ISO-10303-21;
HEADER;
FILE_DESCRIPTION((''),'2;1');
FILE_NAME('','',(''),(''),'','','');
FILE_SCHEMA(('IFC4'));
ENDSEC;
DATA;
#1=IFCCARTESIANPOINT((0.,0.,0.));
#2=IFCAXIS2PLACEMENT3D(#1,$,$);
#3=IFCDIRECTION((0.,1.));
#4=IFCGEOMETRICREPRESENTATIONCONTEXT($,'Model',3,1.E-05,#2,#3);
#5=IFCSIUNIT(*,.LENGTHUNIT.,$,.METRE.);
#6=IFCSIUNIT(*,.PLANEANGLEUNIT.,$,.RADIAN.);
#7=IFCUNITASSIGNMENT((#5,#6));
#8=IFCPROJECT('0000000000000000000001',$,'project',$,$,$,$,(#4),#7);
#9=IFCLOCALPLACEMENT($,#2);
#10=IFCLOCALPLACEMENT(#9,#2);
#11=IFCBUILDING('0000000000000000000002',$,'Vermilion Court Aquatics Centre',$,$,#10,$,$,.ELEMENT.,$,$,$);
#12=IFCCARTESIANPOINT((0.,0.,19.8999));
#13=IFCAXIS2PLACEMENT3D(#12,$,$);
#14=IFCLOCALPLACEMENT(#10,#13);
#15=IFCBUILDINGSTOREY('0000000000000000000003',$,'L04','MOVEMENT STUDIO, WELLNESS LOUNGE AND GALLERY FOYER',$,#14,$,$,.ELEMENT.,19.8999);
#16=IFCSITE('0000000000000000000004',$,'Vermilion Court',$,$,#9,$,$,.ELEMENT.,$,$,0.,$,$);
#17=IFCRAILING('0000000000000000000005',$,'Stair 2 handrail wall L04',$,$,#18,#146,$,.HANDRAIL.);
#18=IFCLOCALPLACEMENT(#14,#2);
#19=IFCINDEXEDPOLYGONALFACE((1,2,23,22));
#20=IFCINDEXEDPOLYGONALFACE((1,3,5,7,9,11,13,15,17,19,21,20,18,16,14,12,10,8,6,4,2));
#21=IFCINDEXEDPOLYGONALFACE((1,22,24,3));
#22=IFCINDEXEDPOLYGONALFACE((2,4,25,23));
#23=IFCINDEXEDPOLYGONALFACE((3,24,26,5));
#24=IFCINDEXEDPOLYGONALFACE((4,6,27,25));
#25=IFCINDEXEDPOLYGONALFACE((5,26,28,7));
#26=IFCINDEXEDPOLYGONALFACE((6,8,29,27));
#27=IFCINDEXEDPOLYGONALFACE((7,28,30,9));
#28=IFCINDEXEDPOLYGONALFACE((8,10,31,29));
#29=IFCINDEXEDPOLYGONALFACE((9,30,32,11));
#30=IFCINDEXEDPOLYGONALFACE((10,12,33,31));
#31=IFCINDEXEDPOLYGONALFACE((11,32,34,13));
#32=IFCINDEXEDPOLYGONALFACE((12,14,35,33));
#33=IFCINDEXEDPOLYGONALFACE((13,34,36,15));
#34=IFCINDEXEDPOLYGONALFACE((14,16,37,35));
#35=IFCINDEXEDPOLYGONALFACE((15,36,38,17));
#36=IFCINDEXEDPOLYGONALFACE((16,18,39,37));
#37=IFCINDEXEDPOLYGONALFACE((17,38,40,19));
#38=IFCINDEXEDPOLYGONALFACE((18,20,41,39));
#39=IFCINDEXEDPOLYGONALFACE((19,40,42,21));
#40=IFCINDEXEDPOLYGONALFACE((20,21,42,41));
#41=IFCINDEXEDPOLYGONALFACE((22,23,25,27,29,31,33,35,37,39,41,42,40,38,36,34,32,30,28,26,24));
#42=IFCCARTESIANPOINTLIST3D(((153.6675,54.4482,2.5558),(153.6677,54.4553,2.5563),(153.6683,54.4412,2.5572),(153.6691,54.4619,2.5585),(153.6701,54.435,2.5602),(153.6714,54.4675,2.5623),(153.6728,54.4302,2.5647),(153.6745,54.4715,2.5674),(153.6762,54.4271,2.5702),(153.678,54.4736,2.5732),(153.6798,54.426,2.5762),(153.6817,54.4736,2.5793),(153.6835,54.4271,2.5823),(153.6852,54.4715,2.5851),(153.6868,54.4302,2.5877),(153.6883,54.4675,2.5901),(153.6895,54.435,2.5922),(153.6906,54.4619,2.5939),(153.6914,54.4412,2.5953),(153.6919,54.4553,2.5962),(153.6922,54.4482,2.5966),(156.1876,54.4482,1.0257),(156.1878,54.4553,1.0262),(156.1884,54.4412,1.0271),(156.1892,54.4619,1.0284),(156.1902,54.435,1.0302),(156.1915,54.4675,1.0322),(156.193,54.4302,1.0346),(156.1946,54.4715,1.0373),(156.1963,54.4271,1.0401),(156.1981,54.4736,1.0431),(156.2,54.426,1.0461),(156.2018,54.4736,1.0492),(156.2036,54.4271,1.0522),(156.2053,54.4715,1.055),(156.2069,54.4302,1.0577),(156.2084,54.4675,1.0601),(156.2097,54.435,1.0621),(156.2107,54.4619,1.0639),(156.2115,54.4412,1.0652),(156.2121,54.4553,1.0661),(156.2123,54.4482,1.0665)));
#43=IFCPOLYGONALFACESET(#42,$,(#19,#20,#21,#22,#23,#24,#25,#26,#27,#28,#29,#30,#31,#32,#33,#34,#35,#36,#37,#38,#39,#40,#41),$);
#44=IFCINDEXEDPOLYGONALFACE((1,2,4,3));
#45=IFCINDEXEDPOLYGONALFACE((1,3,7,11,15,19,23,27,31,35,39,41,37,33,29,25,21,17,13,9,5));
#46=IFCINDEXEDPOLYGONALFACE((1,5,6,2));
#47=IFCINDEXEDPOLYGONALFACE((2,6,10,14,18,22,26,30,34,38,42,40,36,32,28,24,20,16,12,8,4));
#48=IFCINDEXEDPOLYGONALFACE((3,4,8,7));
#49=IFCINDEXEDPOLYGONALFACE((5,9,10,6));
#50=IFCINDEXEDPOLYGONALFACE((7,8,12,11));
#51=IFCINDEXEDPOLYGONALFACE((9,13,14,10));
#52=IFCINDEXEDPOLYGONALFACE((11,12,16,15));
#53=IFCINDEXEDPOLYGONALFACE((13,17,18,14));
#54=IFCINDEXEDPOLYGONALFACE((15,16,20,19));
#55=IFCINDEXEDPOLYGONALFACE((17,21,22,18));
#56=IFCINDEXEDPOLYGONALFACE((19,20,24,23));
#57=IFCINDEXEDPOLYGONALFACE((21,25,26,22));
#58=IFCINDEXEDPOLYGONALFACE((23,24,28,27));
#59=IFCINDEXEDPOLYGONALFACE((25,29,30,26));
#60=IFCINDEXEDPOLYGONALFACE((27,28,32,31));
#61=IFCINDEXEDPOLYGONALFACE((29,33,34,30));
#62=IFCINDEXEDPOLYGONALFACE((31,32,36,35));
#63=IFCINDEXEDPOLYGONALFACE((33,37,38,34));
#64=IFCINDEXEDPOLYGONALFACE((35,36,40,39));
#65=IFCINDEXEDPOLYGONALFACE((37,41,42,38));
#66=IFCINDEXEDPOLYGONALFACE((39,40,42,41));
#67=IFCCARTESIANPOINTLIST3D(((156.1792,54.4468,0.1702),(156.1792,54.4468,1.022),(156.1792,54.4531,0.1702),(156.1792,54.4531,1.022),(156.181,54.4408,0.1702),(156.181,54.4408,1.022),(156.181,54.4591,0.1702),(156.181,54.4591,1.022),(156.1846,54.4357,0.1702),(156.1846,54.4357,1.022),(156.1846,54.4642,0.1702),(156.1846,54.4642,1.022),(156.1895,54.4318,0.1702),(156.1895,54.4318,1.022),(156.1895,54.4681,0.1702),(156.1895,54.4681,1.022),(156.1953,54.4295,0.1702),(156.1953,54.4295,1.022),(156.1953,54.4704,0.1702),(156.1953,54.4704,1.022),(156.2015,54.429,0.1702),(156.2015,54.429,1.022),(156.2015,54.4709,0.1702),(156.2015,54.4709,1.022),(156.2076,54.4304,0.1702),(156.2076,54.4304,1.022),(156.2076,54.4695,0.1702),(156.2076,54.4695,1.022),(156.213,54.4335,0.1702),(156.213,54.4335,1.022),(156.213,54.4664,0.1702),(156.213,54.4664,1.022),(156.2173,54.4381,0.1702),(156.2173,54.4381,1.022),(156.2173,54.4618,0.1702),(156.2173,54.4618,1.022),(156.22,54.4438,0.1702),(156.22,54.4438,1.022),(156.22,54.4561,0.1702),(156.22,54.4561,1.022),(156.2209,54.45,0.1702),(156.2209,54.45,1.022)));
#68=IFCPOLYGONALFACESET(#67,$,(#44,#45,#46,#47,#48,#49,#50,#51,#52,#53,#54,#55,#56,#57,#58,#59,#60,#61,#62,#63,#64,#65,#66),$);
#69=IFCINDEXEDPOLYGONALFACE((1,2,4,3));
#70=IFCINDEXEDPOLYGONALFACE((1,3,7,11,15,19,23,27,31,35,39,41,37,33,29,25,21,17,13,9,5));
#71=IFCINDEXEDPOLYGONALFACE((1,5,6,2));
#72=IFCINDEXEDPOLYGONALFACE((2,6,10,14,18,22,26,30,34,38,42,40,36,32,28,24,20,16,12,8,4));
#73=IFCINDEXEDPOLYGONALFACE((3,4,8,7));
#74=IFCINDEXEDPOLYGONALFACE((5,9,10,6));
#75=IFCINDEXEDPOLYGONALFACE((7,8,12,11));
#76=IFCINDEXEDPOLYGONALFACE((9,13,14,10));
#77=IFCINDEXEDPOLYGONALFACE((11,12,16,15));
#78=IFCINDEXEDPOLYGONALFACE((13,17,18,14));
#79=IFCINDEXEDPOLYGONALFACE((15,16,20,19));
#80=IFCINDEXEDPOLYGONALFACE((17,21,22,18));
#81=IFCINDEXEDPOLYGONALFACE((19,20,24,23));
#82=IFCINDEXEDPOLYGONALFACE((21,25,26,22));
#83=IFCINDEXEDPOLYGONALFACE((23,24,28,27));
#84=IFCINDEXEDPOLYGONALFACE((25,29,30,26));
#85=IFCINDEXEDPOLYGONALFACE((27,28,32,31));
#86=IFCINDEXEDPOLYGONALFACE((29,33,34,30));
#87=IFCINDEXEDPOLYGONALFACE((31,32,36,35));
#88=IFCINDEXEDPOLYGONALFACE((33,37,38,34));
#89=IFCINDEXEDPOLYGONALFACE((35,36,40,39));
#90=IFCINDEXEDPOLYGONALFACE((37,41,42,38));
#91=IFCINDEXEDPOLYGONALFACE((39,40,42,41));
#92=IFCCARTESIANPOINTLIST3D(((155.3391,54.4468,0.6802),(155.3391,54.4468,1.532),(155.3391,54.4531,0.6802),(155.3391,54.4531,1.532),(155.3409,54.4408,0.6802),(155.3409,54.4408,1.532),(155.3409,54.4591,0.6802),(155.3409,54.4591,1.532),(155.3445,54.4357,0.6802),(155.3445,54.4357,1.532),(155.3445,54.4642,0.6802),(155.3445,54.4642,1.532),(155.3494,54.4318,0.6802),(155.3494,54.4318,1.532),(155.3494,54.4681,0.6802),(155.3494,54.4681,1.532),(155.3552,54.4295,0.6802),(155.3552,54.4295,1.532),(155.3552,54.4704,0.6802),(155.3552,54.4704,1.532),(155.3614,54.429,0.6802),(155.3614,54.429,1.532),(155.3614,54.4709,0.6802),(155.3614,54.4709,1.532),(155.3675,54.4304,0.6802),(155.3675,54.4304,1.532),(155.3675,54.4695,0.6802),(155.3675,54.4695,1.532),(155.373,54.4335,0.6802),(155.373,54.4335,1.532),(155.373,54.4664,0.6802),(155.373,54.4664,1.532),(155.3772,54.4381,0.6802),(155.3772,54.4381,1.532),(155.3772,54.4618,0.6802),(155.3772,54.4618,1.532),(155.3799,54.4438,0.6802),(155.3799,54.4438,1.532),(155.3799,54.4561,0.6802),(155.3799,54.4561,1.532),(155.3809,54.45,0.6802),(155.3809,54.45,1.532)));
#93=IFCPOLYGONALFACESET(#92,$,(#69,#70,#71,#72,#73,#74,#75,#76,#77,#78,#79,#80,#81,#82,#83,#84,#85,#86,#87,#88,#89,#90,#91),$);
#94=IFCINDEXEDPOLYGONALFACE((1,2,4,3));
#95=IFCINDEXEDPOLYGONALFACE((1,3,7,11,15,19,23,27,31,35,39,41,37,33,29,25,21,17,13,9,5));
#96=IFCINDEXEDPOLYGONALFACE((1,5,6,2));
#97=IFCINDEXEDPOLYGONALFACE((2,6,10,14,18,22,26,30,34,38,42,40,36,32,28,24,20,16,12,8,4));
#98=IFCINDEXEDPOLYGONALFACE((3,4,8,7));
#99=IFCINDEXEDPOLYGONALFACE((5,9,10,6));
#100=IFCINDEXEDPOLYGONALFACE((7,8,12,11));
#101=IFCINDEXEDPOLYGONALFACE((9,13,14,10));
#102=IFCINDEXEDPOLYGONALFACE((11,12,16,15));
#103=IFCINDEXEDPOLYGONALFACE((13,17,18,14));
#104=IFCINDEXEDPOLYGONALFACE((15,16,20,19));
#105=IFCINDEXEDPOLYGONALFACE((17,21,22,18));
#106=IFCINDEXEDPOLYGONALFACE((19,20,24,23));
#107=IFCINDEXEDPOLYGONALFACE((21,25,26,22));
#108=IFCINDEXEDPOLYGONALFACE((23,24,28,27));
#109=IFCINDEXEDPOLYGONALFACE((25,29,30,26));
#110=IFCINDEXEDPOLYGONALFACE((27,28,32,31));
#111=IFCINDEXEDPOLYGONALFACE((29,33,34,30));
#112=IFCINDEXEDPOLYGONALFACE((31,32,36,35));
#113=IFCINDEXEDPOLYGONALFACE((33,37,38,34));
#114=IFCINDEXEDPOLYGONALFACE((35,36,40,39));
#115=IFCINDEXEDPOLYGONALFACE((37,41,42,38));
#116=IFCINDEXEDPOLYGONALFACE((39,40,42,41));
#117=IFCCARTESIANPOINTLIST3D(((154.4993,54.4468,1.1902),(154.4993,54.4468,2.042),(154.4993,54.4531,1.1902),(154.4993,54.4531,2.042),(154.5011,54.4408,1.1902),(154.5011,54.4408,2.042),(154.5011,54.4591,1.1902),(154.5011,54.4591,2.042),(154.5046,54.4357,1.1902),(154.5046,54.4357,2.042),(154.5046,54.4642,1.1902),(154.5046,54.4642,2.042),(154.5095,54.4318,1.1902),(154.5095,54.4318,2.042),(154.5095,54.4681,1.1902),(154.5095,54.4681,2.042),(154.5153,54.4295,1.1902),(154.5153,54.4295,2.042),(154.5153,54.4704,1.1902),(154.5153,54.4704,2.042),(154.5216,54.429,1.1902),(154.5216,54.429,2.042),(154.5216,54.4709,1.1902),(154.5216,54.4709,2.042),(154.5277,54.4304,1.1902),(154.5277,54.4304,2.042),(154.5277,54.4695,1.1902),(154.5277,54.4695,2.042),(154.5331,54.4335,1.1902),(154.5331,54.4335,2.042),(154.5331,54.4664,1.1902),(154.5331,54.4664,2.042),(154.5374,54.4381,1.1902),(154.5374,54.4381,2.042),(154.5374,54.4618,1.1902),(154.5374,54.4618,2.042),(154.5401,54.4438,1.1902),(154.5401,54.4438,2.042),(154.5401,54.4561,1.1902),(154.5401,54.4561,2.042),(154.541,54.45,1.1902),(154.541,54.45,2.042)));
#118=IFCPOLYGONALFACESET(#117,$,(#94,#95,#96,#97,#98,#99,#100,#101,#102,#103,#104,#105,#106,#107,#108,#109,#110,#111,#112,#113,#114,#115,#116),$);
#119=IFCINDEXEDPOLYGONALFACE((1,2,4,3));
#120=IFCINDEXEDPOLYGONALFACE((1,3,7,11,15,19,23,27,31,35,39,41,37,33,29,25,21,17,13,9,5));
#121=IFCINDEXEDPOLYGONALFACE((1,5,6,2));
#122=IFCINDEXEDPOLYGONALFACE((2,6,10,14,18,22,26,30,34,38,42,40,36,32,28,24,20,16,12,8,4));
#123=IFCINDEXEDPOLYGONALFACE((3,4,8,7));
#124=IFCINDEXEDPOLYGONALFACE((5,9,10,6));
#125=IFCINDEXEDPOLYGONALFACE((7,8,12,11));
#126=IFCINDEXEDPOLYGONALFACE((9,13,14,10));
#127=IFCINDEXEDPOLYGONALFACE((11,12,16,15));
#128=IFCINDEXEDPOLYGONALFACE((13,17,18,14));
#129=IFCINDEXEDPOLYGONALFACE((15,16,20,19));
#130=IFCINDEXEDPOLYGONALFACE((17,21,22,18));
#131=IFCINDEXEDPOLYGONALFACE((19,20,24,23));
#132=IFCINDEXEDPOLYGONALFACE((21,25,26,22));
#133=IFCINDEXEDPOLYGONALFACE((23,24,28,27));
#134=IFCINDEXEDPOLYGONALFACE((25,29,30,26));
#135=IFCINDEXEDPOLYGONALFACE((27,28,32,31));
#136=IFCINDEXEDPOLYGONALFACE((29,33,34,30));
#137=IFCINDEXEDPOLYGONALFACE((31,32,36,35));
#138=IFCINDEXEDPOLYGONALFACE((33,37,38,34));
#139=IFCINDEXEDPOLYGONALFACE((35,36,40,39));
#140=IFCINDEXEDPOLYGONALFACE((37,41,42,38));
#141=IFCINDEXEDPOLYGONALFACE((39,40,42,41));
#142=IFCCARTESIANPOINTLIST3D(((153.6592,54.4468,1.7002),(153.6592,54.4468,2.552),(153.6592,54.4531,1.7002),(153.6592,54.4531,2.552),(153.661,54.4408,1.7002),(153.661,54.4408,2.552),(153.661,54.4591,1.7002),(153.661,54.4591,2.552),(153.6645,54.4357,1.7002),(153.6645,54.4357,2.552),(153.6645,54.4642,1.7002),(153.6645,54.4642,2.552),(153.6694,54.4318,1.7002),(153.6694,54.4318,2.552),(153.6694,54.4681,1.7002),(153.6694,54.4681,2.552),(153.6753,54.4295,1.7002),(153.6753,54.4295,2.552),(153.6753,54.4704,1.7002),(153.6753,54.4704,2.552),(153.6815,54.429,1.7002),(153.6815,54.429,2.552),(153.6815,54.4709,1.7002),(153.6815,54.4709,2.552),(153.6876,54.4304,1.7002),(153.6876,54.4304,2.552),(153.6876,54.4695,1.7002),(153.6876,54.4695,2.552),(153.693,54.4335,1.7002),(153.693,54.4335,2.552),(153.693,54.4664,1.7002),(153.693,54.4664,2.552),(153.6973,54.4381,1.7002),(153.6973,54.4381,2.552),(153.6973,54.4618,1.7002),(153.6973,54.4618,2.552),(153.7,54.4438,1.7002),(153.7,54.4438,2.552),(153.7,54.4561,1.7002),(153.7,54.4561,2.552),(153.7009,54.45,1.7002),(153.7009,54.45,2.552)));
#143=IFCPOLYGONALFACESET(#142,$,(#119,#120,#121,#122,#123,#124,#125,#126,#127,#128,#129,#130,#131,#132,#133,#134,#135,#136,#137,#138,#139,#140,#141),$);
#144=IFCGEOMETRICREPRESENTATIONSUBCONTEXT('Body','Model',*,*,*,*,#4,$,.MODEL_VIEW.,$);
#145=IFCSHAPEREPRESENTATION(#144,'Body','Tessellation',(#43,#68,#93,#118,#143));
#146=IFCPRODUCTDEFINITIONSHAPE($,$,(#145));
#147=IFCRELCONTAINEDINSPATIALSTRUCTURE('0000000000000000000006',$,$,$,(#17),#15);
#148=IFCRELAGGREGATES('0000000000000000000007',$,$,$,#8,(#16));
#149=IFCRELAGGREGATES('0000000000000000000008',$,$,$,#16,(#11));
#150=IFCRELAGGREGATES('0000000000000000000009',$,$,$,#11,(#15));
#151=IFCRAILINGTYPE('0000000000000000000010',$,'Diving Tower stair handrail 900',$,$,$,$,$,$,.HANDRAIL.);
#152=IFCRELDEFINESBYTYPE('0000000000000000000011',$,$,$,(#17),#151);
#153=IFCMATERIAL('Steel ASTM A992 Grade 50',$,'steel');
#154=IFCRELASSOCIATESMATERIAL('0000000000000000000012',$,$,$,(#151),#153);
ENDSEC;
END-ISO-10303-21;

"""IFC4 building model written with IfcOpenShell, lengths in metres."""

from ifc_helpers import new_model, si_unit, direction, frame, origin, origin_2d, place, context, subcontext, project, spatial, circle, extrude, material, type_object, element, save


model = new_model("IFC4")

# Units and contexts
model_context = context("Model", 3, precision=1e-05, world=origin(), true_north=direction((0.0, 1.0)))
body_context = subcontext(model_context, "Body", "Model", "MODEL_VIEW")
ifc_project = project(units=[si_unit("LENGTHUNIT", "METRE"), si_unit("PLANEANGLEUNIT", "RADIAN")], contexts=[model_context])

# Site, building, storey
site_placement = place(None, origin())
site = spatial("IfcSite", under=ifc_project, at=site_placement, Name="Vermilion Court", CompositionType="ELEMENT", RefElevation=0.0)
building_placement = place(site_placement, origin())
building = spatial("IfcBuilding", under=site, at=building_placement, Name="Vermilion Court Aquatics Centre", CompositionType="ELEMENT")
storey_placement = place(building_placement, frame((0.0, 0.0, 19.8999)))
storey = spatial("IfcBuildingStorey", under=building, at=storey_placement, Name="L04", Description="MOVEMENT STUDIO, WELLNESS LOUNGE AND GALLERY FOYER", CompositionType="ELEMENT", Elevation=19.8999)

# Railing
ifc_material_1 = material(Name="Steel ASTM A992 Grade 50", Category="steel")
railing_type_1 = type_object("IfcRailingType", Name="Diving Tower stair handrail 900", PredefinedType="HANDRAIL", material=ifc_material_1)
railing_1_placement = place(storey_placement, frame((156.2, 54.45, 0.1702)))
element("IfcRailing", 1, at=railing_1_placement, inside=storey, type_object=railing_type_1, Name="Stair 2 handrail wall L04", PredefinedType="HANDRAIL", context=body_context, shape_type="SweptSolid", body=[
    extrude(circle(Radius=0.0239, at=origin_2d()), frame((0.0, 0.0, 0.876), z_axis=(-0.854785, 0.0, 0.518982), x_axis=(0.0, -1.0, 0.0)), (0.0, 0.0, 1.0), 2.9482),
    extrude(circle(Radius=0.021, at=origin_2d()), origin(), (0.0, 0.0, 1.0), 0.8518),
    extrude(circle(Radius=0.021, at=origin_2d()), frame((-0.8401, 0.0, 0.51)), (0.0, 0.0, 1.0), 0.8518),
    extrude(circle(Radius=0.021, at=origin_2d()), frame((-1.6799, 0.0, 1.02)), (0.0, 0.0, 1.0), 0.8518),
    extrude(circle(Radius=0.021, at=origin_2d()), frame((-2.52, 0.0, 1.53)), (0.0, 0.0, 1.0), 0.8518),
])

save(model, "model.ifc")
